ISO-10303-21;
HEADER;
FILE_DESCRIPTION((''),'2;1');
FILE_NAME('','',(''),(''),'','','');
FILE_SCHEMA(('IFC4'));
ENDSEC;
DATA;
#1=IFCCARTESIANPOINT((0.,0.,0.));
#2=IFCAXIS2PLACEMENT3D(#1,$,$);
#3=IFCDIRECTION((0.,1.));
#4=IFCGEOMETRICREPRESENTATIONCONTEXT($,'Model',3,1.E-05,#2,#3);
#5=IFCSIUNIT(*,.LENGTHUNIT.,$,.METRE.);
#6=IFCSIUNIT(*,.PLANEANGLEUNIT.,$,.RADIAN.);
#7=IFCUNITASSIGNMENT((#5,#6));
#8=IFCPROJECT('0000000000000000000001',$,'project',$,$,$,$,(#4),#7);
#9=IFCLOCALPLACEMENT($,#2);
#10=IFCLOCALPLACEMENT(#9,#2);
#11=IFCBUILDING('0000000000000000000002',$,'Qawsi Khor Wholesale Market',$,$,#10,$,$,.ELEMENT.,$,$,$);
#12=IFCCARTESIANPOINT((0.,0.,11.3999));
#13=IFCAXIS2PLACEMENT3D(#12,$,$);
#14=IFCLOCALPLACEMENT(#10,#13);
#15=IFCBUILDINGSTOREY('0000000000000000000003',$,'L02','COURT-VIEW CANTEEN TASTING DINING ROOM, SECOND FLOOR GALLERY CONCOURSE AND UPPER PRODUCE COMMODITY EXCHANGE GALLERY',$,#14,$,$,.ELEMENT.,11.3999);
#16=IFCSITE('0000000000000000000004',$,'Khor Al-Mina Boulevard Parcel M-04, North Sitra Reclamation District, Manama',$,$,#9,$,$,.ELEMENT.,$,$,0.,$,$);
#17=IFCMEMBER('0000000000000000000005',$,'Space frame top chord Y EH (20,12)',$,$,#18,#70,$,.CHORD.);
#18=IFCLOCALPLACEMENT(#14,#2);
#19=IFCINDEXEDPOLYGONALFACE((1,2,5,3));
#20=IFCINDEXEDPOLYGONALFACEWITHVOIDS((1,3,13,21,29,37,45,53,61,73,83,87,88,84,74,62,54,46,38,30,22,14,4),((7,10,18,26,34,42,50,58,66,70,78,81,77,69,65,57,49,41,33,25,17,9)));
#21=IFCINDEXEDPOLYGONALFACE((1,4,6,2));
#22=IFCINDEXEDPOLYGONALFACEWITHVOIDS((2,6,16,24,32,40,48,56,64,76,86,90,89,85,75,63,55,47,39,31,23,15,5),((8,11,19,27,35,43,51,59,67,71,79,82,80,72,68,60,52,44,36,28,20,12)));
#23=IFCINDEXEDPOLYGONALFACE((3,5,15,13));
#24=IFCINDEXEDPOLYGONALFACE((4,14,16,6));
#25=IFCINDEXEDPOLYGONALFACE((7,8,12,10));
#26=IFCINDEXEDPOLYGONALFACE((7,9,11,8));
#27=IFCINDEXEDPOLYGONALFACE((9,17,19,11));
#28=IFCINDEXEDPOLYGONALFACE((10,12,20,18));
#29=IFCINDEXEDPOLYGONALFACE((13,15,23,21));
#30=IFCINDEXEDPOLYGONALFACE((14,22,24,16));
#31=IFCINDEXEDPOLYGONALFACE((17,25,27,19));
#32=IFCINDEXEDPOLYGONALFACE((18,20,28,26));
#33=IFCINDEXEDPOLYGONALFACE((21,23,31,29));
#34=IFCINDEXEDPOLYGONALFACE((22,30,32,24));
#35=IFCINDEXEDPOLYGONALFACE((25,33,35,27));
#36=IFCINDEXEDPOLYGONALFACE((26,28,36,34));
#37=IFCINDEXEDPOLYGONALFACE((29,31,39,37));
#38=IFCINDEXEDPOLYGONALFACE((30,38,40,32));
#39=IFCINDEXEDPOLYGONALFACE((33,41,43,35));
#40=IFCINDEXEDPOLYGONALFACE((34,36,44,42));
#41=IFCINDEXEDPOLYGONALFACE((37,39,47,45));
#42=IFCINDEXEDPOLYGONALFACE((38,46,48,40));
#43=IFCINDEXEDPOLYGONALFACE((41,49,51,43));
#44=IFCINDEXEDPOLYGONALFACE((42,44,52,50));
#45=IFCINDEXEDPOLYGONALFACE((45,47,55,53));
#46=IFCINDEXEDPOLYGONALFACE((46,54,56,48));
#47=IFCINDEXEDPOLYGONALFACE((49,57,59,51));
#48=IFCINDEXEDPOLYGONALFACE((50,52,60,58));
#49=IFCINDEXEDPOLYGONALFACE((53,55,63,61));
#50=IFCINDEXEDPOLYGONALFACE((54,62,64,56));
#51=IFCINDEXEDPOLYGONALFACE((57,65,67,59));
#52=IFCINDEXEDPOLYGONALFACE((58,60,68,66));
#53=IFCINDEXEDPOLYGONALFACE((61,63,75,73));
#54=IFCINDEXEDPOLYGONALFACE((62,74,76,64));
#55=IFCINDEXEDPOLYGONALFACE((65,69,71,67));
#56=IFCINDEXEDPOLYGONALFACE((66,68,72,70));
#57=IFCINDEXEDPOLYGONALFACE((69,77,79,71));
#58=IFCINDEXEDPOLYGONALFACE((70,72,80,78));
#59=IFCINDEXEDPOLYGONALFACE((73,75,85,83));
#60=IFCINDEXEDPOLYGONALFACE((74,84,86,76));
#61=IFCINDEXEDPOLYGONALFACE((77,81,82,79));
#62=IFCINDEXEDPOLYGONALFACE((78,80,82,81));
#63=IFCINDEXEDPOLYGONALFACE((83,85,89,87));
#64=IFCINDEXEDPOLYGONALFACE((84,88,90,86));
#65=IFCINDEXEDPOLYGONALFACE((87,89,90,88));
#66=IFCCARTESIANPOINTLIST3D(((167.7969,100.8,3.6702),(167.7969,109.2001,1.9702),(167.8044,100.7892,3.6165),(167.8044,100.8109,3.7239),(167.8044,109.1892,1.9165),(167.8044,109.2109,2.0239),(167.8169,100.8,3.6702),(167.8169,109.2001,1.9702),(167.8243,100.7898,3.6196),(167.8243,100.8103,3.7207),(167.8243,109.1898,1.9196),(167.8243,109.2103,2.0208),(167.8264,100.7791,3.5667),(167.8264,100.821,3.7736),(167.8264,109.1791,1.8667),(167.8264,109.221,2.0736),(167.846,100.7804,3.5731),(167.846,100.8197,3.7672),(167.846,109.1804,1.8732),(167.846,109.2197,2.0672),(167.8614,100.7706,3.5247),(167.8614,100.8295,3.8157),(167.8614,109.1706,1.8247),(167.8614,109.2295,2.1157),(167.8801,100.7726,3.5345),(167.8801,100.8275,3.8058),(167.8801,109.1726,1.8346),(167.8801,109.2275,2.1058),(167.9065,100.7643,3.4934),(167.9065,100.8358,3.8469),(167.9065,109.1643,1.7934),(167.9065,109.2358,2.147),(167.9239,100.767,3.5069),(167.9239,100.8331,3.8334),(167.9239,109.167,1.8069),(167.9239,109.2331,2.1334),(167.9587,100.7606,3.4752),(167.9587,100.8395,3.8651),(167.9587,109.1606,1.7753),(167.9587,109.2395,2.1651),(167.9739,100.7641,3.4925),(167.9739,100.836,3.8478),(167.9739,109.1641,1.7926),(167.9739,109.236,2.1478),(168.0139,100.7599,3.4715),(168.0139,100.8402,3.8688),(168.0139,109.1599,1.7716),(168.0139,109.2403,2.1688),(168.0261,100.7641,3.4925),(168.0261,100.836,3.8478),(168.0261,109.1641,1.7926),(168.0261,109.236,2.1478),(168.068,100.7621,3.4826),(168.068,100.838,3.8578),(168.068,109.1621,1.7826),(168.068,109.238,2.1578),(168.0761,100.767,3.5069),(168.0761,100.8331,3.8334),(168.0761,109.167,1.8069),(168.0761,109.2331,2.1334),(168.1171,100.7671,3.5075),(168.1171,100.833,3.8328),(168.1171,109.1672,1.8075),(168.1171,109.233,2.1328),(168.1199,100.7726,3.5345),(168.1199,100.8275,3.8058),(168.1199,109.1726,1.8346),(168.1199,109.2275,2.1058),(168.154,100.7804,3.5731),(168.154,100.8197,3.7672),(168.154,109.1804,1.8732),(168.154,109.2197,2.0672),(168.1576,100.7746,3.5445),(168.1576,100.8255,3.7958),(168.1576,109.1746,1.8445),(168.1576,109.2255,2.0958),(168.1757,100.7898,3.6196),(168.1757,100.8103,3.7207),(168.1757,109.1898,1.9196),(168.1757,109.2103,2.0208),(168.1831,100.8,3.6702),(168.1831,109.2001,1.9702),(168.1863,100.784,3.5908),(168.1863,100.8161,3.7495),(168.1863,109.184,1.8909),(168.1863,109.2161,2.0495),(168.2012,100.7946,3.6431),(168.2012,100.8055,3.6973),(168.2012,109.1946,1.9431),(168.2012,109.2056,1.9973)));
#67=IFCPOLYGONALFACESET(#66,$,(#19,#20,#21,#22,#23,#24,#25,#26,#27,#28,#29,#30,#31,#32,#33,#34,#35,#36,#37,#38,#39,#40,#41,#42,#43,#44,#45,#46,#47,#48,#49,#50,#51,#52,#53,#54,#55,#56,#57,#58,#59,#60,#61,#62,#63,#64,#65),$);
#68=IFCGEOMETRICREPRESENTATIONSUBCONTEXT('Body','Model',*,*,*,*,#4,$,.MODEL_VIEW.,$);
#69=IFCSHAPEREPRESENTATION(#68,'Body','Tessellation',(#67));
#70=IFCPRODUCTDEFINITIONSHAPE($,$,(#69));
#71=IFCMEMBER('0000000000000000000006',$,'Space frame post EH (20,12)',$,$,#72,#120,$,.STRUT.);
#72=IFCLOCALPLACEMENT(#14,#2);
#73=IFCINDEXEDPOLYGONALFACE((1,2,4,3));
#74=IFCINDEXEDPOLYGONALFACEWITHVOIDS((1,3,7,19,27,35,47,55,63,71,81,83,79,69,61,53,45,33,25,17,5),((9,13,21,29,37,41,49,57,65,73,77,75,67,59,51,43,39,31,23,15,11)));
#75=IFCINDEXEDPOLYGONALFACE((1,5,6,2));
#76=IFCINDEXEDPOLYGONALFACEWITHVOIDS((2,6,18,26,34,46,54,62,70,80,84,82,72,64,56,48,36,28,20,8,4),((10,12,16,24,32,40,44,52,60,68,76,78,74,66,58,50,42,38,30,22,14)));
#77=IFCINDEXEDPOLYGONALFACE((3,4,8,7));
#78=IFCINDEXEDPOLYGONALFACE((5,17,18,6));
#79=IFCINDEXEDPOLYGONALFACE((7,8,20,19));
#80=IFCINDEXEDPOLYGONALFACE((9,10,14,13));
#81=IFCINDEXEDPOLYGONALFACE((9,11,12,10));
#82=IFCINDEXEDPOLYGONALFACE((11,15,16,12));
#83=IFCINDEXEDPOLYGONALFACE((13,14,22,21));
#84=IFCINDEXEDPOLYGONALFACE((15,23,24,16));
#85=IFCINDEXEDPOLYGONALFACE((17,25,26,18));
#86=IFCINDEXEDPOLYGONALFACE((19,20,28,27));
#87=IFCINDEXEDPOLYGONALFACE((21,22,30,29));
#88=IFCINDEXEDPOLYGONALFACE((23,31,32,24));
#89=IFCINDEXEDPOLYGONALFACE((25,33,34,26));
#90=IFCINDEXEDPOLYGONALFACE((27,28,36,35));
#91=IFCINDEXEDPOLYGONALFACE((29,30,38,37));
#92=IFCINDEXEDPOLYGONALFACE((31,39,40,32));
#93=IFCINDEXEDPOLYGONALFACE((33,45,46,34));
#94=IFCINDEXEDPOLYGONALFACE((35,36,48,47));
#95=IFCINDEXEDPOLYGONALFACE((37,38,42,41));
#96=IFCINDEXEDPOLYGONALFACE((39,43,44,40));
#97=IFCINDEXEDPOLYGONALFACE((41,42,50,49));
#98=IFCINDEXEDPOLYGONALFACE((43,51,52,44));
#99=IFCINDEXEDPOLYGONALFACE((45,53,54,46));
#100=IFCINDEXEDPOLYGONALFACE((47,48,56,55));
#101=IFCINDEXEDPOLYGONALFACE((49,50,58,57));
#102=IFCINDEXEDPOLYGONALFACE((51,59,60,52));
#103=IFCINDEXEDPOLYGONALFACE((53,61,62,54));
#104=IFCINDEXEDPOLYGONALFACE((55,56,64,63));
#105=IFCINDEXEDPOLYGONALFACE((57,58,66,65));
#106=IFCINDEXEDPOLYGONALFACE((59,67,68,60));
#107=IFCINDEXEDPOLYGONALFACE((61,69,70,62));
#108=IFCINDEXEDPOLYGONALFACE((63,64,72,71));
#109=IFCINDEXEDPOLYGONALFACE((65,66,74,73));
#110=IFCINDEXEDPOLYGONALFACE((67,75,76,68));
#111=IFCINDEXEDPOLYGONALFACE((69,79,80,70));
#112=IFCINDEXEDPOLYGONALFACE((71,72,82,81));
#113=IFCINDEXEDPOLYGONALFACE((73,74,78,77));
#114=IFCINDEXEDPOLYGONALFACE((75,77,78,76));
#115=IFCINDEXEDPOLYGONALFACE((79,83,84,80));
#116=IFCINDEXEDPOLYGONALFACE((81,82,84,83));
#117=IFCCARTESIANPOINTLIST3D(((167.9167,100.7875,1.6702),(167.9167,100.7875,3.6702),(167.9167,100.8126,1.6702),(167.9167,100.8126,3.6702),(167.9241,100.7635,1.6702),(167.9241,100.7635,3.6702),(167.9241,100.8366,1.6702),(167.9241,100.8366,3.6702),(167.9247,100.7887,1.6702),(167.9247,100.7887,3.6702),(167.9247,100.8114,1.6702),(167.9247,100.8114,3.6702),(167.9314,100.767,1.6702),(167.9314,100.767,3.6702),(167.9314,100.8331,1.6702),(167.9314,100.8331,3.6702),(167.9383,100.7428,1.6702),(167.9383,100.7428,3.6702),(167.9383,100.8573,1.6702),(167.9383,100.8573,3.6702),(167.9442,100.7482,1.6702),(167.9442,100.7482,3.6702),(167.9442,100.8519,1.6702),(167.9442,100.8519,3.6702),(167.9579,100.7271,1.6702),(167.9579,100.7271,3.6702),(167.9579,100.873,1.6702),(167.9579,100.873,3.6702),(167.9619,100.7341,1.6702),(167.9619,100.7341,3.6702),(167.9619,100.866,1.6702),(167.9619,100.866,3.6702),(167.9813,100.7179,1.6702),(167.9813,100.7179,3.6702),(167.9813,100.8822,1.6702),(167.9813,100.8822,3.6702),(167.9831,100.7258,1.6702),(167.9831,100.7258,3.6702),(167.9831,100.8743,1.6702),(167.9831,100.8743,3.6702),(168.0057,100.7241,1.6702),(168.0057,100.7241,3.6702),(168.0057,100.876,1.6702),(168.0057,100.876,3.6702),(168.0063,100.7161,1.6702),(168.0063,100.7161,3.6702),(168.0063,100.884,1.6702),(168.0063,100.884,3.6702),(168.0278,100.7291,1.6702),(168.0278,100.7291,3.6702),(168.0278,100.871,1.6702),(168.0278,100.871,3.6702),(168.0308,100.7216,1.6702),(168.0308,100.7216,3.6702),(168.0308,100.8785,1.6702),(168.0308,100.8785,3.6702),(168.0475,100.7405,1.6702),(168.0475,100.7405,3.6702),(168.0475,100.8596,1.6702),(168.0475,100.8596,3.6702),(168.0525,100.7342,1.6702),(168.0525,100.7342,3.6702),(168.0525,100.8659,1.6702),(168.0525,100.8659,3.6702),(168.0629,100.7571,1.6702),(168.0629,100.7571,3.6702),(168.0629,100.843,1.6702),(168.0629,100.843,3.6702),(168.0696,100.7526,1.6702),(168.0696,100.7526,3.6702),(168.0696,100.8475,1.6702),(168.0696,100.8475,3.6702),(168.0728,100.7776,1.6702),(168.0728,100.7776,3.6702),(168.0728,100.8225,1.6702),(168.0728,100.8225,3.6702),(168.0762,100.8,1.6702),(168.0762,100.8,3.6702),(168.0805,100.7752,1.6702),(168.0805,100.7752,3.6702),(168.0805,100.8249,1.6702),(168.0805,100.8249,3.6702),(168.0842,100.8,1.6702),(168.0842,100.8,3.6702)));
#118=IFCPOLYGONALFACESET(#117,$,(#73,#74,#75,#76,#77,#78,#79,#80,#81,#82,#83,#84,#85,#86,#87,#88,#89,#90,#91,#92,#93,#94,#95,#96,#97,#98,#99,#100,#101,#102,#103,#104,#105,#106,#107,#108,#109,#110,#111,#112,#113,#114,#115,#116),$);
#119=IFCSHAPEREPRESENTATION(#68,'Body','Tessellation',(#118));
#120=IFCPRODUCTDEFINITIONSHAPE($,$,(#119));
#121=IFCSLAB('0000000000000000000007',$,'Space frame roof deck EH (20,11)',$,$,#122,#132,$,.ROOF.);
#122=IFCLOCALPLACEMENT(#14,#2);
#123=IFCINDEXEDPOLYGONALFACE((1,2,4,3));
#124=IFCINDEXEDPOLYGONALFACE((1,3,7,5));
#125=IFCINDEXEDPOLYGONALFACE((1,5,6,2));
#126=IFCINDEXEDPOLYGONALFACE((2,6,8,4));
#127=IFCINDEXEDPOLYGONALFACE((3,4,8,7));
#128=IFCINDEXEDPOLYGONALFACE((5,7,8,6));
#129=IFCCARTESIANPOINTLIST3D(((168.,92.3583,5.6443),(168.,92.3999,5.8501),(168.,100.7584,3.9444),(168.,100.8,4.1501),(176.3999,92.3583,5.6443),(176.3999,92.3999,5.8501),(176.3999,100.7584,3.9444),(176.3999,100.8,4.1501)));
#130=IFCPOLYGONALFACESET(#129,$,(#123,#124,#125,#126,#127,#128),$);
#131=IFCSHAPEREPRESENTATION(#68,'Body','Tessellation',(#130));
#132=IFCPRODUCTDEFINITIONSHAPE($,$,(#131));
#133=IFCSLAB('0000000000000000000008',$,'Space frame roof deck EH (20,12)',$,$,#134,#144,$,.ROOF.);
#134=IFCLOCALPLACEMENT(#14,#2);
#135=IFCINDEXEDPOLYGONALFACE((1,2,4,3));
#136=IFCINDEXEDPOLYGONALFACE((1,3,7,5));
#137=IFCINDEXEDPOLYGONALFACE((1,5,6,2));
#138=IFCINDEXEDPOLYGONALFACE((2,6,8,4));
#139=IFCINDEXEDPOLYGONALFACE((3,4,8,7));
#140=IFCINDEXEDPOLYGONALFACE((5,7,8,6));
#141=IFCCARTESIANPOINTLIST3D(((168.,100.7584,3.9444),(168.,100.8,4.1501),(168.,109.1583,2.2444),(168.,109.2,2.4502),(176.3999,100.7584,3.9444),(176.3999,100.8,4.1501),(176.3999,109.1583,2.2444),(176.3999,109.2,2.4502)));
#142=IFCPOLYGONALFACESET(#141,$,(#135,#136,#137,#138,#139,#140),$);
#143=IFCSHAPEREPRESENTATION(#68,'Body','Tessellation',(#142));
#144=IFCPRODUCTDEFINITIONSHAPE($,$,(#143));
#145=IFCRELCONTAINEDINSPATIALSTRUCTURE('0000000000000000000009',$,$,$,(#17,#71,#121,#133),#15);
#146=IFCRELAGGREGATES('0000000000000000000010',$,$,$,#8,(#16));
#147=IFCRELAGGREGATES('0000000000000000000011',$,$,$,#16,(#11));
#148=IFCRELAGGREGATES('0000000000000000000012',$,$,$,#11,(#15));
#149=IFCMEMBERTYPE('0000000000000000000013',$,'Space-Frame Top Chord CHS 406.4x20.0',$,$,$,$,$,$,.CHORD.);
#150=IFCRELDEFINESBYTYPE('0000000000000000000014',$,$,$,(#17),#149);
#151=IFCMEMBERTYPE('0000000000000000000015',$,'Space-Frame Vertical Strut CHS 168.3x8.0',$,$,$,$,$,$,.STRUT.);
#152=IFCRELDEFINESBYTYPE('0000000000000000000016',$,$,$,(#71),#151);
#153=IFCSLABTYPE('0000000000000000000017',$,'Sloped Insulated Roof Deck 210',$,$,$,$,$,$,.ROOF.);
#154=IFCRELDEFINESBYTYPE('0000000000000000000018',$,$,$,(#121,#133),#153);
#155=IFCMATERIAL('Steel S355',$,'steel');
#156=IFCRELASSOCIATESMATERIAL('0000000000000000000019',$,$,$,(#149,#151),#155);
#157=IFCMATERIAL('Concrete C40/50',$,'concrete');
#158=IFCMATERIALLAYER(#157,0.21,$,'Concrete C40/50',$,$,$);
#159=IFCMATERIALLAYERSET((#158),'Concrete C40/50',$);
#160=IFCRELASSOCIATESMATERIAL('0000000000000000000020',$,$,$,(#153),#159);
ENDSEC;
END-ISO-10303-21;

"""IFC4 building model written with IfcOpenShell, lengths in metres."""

from ifc_helpers import new_model, si_unit, direction, frame, origin, origin_2d, place, context, subcontext, project, spatial, polyline, hollow_circle, outline, extrude, material, layer, layer_set, material_profile, profile_set, type_object, element, save


model = new_model("IFC4")

# Units and contexts
model_context = context("Model", 3, precision=1e-05, world=origin(), true_north=direction((0.0, 1.0)))
body_context = subcontext(model_context, "Body", "Model", "MODEL_VIEW")
ifc_project = project(units=[si_unit("LENGTHUNIT", "METRE"), si_unit("PLANEANGLEUNIT", "RADIAN")], contexts=[model_context])

# Site, building, storey
site_placement = place(None, origin())
site = spatial("IfcSite", under=ifc_project, at=site_placement, Name="Khor Al-Mina Boulevard Parcel M-04, North Sitra Reclamation District, Manama", CompositionType="ELEMENT", RefElevation=0.0)
building_placement = place(site_placement, origin())
building = spatial("IfcBuilding", under=site, at=building_placement, Name="Qawsi Khor Wholesale Market", CompositionType="ELEMENT")
storey_placement = place(building_placement, frame((0.0, 0.0, 11.3999)))
storey = spatial("IfcBuildingStorey", under=building, at=storey_placement, Name="L02", Description="COURT-VIEW CANTEEN TASTING DINING ROOM, SECOND FLOOR GALLERY CONCOURSE AND UPPER PRODUCE COMMODITY EXCHANGE GALLERY", CompositionType="ELEMENT", Elevation=11.3999)

# Members
ifc_material_1 = material(Name="Steel S355", Category="steel")
ifc_material_profile_1 = material_profile(ifc_material_1, hollow_circle(Radius=0.2031, WallThickness=0.02, at=origin_2d()), Name="CHS 406.4x20.0")
ifc_profile_set_1 = profile_set([ifc_material_profile_1], Name="Steel S355")
member_type_1 = type_object("IfcMemberType", Name="Space-Frame Top Chord CHS 406.4x20.0", PredefinedType="CHORD", material=ifc_profile_set_1)
member_1_placement = place(storey_placement, frame((168.0, 100.8, 3.6702), z_axis=(0.0, 0.98013, -0.198356), x_axis=(-1.0, 0.0, 0.0)))
element("IfcMember", 1, at=member_1_placement, inside=storey, type_object=member_type_1, Name="Space frame top chord Y EH (20,12)", PredefinedType="CHORD", context=body_context, shape_type="SweptSolid", body=[
    extrude(hollow_circle(Radius=0.2031, WallThickness=0.02, at=origin_2d()), origin(), (0.0, 0.0, 1.0), 8.5703),
])
ifc_material_profile_2 = material_profile(ifc_material_1, hollow_circle(Radius=0.0842, WallThickness=0.0081, at=origin_2d()), Name="CHS 168.3x8.0")
ifc_profile_set_2 = profile_set([ifc_material_profile_2], Name="Steel S355")
member_type_2 = type_object("IfcMemberType", Name="Space-Frame Vertical Strut CHS 168.3x8.0", PredefinedType="STRUT", material=ifc_profile_set_2)
member_2_placement = place(storey_placement, frame((168.0, 100.8, 1.6702), z_axis=(0.0, 0.0, 1.0), x_axis=(1.0, 0.0, 0.0)))
element("IfcMember", 2, at=member_2_placement, inside=storey, type_object=member_type_2, Name="Space frame post EH (20,12)", PredefinedType="STRUT", context=body_context, shape_type="SweptSolid", body=[
    extrude(hollow_circle(Radius=0.0842, WallThickness=0.0081, at=origin_2d()), origin(), (0.0, 0.0, 1.0), 2.0),
])

# Slabs
ifc_material_2 = material(Name="Concrete C40/50", Category="concrete")
ifc_layer = layer(ifc_material_2, 0.21, Name="Concrete C40/50")
ifc_layer_set = layer_set([ifc_layer], Name="Concrete C40/50")
slab_type = type_object("IfcSlabType", Name="Sloped Insulated Roof Deck 210", PredefinedType="ROOF", material=ifc_layer_set)
slab_1_placement = place(storey_placement, frame((168.0, 92.3999, 5.8501), z_axis=(0.0, 0.198351, 0.980131), x_axis=(1.0, 0.0, 0.0)))
element("IfcSlab", 3, at=slab_1_placement, inside=storey, type_object=slab_type, Name="Space frame roof deck EH (20,11)", PredefinedType="ROOF", context=body_context, shape_type="SweptSolid", body=[
    extrude(outline(polyline([(0.0, 0.0), (8.3999, 0.0), (8.3999, 8.5704), (0.0, 8.5704), (0.0, 0.0)])), origin(), (0.0, 0.0, -1.0), 0.21),
])
slab_2_placement = place(storey_placement, frame((168.0, 100.8, 4.1501), z_axis=(0.0, 0.198356, 0.98013), x_axis=(1.0, 0.0, 0.0)))
element("IfcSlab", 4, at=slab_2_placement, inside=storey, type_object=slab_type, Name="Space frame roof deck EH (20,12)", PredefinedType="ROOF", context=body_context, shape_type="SweptSolid", body=[
    extrude(outline(polyline([(0.0, 0.0), (8.3999, 0.0), (8.3999, 8.5702), (0.0, 8.5702), (0.0, 0.0)])), origin(), (0.0, 0.0, -1.0), 0.21),
])

save(model, "model.ifc")
